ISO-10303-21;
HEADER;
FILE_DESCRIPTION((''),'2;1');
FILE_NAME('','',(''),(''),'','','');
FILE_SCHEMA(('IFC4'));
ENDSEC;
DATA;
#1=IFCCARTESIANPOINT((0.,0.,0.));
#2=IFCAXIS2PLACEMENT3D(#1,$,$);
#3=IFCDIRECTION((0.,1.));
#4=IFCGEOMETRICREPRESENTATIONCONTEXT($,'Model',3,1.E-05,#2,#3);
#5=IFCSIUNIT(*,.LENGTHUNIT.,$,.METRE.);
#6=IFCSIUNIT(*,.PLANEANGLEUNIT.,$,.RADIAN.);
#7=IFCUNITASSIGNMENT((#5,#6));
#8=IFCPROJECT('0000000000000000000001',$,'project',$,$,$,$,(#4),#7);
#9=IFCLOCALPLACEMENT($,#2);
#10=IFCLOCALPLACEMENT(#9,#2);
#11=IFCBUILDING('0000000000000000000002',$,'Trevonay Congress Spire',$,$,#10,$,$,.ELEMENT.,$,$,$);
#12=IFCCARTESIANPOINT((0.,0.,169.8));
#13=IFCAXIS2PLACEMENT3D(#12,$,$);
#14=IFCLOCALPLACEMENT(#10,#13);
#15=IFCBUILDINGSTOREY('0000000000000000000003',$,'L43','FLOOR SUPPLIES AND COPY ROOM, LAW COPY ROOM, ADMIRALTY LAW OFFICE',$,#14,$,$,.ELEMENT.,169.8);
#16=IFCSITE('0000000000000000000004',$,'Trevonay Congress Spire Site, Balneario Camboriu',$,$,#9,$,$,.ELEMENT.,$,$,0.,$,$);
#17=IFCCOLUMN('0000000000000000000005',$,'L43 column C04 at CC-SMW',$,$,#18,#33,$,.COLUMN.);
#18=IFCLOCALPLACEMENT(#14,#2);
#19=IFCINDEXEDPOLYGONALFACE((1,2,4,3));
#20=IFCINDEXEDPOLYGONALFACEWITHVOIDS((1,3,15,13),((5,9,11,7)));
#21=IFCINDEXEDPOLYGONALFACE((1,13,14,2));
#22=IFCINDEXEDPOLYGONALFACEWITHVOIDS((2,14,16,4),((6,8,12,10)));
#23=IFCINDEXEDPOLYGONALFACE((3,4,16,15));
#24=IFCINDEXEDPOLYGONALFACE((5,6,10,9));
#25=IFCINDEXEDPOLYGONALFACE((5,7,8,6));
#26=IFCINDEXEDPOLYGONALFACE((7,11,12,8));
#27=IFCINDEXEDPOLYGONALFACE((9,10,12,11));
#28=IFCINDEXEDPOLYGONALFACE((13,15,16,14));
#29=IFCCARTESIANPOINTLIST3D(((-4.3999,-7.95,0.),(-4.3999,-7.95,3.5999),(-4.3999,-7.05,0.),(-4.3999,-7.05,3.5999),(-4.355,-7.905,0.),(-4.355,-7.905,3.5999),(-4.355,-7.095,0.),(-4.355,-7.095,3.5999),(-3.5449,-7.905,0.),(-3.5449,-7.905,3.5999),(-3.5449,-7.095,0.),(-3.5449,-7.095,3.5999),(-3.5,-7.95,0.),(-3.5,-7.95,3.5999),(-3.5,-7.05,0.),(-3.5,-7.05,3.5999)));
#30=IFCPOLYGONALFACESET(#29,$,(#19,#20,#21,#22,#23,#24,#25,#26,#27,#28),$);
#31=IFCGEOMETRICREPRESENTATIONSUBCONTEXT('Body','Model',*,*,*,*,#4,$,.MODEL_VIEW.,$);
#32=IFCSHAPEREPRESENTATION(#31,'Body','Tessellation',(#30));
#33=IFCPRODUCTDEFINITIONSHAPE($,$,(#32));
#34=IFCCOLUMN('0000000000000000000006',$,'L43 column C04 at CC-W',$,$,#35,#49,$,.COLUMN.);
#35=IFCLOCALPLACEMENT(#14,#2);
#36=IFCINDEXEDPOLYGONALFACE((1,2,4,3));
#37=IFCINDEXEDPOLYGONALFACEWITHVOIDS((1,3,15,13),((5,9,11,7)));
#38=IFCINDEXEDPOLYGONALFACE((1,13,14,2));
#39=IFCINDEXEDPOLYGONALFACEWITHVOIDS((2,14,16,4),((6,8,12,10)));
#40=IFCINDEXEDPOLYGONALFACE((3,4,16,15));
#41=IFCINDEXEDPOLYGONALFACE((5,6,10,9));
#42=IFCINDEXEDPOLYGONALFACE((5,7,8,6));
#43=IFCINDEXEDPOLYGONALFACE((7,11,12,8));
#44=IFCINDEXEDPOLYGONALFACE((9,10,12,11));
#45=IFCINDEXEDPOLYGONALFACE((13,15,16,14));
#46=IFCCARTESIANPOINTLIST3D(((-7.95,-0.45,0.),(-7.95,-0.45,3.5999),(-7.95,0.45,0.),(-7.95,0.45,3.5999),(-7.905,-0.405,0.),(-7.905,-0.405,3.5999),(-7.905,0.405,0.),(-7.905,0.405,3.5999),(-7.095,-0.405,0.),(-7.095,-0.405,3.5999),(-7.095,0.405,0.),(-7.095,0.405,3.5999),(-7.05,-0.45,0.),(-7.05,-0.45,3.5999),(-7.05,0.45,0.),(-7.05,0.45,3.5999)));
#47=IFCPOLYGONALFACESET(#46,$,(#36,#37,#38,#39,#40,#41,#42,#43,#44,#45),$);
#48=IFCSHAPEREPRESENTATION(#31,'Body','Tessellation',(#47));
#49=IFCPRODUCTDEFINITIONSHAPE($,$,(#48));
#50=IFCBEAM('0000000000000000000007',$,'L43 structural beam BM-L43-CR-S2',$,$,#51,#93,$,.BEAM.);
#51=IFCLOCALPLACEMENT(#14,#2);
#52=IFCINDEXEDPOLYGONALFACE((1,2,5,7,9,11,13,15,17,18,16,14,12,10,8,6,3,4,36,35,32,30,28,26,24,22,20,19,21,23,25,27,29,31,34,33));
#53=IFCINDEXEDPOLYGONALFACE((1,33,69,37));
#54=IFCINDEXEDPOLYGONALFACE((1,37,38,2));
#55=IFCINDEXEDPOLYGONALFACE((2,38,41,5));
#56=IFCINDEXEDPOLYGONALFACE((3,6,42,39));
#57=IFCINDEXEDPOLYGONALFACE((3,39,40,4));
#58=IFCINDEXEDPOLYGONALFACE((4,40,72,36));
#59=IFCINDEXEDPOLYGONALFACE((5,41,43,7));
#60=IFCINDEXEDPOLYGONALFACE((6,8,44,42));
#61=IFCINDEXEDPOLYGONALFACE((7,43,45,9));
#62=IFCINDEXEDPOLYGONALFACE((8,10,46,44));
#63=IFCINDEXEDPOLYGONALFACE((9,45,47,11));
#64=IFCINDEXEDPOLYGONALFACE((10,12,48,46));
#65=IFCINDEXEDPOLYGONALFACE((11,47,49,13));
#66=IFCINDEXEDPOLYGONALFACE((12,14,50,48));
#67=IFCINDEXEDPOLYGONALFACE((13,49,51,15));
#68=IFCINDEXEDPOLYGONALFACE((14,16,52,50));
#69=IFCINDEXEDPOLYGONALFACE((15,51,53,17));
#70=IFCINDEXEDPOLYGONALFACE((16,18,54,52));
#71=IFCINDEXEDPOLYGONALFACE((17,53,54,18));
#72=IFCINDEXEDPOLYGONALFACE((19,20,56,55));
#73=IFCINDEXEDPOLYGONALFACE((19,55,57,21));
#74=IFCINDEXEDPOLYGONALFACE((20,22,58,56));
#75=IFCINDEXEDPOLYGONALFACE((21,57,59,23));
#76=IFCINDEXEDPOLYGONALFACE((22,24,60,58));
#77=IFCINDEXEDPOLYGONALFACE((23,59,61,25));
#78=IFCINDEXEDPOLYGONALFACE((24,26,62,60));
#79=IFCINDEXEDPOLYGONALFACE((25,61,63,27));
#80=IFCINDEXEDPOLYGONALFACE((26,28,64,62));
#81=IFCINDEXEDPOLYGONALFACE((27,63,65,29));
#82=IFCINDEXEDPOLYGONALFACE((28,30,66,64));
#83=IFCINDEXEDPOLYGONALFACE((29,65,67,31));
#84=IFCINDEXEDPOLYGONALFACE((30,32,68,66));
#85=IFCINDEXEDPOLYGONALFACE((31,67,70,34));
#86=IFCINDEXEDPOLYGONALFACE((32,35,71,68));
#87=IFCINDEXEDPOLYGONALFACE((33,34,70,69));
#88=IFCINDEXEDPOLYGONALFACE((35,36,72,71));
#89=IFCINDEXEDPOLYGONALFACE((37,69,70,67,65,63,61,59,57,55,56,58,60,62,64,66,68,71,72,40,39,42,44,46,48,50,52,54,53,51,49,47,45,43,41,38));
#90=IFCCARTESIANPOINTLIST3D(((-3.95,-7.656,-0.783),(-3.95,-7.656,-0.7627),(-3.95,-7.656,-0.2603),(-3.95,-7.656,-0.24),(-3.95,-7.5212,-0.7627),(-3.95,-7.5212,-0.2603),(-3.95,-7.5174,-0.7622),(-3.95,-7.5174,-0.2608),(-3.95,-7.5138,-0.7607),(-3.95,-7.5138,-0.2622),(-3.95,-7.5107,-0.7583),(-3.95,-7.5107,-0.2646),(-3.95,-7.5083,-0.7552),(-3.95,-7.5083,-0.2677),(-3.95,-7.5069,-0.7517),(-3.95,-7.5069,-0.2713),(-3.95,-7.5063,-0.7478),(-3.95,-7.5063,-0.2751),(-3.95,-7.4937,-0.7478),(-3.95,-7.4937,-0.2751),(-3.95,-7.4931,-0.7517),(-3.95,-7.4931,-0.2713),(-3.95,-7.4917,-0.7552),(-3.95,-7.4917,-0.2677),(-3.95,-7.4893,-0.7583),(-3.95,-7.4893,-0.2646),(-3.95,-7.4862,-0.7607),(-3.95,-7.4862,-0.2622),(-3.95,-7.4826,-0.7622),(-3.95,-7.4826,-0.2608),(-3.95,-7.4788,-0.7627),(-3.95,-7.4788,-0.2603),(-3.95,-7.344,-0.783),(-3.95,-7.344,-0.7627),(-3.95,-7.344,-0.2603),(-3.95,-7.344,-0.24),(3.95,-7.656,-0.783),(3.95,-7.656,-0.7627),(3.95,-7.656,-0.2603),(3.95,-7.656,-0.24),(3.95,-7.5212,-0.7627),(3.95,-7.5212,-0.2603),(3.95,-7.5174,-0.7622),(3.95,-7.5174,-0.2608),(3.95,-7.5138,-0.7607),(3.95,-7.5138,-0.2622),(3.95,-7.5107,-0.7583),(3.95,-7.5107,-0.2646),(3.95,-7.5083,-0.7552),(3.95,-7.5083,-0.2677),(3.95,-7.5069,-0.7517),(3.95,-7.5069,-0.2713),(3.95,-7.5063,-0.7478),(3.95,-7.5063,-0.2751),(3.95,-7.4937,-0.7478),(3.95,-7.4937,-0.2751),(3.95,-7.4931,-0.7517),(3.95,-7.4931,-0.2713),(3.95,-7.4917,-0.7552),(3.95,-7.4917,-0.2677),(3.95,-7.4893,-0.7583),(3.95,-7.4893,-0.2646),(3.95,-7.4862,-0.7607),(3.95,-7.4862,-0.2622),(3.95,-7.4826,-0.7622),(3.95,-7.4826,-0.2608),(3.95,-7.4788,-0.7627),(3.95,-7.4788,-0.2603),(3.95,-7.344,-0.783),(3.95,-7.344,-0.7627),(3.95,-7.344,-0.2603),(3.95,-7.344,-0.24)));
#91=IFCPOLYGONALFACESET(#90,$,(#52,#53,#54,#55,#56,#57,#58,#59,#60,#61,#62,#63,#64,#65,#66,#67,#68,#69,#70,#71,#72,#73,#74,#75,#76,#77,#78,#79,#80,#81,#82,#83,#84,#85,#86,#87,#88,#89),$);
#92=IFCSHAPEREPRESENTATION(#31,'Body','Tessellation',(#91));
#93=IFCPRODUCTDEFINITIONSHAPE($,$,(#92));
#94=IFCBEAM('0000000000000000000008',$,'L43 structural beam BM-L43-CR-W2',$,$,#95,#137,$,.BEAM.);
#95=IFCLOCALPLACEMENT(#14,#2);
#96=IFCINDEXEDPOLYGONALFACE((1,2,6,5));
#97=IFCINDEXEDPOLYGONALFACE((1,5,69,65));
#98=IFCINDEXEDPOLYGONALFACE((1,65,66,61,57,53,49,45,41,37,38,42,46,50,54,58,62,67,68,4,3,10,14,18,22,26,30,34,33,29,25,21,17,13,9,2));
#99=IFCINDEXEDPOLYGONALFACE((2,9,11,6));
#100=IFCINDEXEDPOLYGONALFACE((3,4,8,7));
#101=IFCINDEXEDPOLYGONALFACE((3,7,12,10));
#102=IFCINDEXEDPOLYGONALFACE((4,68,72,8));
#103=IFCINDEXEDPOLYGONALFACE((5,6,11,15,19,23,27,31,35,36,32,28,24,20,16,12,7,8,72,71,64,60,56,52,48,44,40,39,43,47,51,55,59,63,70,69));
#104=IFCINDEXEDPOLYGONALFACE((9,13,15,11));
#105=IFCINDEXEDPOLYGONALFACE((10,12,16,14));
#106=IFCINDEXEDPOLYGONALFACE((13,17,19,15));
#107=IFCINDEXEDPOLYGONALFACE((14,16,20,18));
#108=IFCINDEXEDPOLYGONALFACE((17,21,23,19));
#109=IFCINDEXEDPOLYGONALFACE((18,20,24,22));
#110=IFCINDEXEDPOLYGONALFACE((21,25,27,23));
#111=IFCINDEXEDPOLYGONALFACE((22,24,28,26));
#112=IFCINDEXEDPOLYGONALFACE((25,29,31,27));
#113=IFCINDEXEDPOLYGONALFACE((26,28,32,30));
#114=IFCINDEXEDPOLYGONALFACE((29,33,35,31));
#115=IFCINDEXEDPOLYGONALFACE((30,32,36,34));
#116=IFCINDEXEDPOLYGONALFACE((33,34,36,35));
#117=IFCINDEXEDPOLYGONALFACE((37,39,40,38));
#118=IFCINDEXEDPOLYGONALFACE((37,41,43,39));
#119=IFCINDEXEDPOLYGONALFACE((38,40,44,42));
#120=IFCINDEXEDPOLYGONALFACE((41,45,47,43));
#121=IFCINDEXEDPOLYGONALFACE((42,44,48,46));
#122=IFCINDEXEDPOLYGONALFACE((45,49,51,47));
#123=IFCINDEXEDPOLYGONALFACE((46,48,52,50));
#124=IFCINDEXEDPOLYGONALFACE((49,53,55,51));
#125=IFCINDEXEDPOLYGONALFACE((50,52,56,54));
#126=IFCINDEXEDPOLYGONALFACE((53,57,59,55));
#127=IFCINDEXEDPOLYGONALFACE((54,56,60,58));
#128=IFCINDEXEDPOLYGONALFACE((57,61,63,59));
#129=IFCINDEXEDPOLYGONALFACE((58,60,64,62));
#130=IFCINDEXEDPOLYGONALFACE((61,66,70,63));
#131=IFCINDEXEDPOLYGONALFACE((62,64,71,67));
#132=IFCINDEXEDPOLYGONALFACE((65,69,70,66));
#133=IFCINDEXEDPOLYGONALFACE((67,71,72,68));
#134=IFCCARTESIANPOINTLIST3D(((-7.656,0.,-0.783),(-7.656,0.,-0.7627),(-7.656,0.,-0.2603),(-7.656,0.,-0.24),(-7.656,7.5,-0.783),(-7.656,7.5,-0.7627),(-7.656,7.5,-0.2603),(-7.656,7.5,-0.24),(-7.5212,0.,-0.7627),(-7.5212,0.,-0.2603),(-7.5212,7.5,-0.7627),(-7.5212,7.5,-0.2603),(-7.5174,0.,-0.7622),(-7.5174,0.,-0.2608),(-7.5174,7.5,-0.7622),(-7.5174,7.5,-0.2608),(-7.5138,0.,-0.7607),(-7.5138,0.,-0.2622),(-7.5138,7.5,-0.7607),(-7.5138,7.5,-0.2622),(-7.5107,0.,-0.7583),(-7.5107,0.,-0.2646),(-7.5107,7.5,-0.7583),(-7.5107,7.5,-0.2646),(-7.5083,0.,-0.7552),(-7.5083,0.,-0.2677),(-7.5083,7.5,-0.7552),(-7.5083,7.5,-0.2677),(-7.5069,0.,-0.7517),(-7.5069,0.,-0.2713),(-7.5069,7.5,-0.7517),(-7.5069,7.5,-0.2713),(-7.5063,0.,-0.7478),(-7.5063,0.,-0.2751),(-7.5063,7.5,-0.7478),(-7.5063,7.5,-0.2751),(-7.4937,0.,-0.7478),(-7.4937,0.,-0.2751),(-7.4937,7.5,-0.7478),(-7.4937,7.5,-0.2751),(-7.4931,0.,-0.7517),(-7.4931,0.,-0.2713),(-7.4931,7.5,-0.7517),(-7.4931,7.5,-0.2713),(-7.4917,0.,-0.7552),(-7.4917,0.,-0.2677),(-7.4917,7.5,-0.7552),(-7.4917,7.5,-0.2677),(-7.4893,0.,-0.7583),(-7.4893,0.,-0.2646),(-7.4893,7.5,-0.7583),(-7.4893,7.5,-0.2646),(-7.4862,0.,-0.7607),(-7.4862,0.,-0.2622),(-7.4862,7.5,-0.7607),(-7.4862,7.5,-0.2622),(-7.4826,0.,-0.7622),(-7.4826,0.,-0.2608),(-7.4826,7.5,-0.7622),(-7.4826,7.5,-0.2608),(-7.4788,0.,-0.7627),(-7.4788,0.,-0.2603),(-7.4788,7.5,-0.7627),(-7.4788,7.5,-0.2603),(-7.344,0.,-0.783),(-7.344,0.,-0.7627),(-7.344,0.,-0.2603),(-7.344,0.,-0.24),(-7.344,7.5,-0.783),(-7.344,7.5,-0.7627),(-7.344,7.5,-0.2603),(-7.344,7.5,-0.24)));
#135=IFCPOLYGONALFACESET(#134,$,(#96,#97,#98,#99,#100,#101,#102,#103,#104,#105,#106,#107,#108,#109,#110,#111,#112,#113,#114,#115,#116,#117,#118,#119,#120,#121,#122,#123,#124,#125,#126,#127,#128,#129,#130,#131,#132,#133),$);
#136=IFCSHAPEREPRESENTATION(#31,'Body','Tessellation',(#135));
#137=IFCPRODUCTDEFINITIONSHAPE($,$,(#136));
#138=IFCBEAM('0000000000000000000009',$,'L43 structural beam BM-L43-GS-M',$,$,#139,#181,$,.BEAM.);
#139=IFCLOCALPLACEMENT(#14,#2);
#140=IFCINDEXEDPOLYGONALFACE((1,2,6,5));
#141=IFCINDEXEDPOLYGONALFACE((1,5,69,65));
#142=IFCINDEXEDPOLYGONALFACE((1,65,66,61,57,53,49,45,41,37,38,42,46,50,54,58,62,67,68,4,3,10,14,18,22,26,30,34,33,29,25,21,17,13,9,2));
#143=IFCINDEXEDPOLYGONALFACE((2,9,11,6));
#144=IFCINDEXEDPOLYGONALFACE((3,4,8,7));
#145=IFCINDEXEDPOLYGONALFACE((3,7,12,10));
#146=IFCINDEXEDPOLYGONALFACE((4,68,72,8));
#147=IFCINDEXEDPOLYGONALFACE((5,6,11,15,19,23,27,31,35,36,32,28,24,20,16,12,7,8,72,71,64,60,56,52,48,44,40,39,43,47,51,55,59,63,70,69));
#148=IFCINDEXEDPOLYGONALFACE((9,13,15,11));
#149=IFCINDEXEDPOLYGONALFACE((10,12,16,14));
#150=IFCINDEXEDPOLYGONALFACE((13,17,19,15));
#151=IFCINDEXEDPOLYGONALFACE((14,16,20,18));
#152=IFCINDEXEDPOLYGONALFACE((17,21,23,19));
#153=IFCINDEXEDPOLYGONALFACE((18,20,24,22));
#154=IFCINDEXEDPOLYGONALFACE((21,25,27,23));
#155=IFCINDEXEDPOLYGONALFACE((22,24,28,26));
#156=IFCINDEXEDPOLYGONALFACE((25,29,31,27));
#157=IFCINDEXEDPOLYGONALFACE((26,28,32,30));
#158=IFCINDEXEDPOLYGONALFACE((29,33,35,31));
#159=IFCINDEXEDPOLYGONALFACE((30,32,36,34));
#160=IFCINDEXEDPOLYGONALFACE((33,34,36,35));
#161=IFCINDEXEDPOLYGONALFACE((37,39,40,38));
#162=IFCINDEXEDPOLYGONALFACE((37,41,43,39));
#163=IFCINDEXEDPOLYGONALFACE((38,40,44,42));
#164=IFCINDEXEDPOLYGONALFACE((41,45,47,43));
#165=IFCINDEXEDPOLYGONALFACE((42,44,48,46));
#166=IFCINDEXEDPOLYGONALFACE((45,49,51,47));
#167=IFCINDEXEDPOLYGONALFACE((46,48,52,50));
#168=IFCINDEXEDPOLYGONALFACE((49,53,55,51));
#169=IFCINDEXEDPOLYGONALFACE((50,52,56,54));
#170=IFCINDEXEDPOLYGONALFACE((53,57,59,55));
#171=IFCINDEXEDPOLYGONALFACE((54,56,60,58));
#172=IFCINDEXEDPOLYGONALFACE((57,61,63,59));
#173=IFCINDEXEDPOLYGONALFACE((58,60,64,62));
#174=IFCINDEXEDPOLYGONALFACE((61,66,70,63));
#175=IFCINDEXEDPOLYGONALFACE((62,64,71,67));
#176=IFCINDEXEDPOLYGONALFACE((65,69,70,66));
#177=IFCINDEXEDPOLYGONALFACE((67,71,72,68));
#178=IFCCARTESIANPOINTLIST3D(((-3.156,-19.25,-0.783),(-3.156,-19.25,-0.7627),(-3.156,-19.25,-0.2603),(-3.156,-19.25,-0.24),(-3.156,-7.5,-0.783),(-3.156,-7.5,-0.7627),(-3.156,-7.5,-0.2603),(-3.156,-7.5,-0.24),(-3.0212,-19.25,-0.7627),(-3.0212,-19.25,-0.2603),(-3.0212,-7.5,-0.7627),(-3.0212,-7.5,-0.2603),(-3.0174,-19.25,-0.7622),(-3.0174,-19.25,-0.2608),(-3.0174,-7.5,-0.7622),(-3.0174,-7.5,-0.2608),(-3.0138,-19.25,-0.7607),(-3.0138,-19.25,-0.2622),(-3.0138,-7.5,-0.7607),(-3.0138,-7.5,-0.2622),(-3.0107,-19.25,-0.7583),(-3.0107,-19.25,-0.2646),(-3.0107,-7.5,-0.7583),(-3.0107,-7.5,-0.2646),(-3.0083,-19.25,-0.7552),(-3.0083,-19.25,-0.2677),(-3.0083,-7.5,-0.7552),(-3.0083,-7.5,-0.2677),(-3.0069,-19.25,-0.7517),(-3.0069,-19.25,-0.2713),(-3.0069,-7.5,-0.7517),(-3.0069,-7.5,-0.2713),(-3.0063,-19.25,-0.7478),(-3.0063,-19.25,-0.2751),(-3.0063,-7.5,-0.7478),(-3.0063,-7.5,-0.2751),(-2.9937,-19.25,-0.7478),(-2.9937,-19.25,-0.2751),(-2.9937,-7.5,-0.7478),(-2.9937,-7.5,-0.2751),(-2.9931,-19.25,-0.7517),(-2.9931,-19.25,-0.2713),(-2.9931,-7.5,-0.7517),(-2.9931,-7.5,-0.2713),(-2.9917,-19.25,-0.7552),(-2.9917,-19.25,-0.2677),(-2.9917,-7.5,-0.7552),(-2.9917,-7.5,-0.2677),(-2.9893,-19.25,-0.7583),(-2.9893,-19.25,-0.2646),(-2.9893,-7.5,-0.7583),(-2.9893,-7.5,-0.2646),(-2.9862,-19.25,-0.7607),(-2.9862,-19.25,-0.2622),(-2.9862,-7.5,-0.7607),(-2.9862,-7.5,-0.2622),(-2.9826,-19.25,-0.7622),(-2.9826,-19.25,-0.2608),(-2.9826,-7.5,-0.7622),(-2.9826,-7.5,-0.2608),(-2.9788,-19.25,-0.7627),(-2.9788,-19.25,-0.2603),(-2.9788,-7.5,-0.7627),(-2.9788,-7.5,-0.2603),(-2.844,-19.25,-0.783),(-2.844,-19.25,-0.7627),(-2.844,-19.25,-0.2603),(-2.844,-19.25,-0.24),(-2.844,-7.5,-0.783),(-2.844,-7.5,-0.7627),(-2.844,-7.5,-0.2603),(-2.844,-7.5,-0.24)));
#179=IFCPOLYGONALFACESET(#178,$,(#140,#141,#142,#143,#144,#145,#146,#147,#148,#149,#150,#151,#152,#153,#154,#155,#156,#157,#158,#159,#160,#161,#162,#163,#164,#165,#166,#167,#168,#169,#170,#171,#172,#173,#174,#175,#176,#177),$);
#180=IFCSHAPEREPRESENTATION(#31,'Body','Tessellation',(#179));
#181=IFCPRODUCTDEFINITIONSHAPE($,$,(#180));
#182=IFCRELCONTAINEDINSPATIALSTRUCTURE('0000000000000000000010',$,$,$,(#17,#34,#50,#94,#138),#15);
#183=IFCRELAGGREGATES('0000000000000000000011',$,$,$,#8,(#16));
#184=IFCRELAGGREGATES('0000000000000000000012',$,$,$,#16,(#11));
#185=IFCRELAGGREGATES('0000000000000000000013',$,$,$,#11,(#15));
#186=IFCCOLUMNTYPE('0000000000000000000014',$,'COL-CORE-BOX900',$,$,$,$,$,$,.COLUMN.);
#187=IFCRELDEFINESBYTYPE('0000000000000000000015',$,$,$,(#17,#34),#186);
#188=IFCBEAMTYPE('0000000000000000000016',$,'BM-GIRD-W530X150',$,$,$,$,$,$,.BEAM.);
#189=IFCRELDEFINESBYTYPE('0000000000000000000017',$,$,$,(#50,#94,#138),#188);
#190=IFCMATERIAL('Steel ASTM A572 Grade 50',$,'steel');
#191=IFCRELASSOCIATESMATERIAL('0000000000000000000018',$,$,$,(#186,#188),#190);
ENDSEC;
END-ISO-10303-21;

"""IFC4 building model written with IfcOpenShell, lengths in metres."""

from ifc_helpers import new_model, si_unit, direction, frame, origin, origin_2d, place, context, subcontext, project, spatial, hollow_rectangle, i_section, extrude, material, material_profile, profile_set, type_object, element, save


model = new_model("IFC4")

# Units and contexts
model_context = context("Model", 3, precision=1e-05, world=origin(), true_north=direction((0.0, 1.0)))
body_context = subcontext(model_context, "Body", "Model", "MODEL_VIEW")
ifc_project = project(units=[si_unit("LENGTHUNIT", "METRE"), si_unit("PLANEANGLEUNIT", "RADIAN")], contexts=[model_context])

# Site, building, storey
site_placement = place(None, origin())
site = spatial("IfcSite", under=ifc_project, at=site_placement, Name="Trevonay Congress Spire Site, Balneario Camboriu", CompositionType="ELEMENT", RefElevation=0.0)
building_placement = place(site_placement, origin())
building = spatial("IfcBuilding", under=site, at=building_placement, Name="Trevonay Congress Spire", CompositionType="ELEMENT")
storey_placement = place(building_placement, frame((0.0, 0.0, 169.8)))
storey = spatial("IfcBuildingStorey", under=building, at=storey_placement, Name="L43", Description="FLOOR SUPPLIES AND COPY ROOM, LAW COPY ROOM, ADMIRALTY LAW OFFICE", CompositionType="ELEMENT", Elevation=169.8)

# Columns
ifc_material_1 = material(Name="Steel ASTM A572 Grade 50", Category="steel")
ifc_material_profile_1 = material_profile(ifc_material_1, hollow_rectangle(XDim=0.8999, YDim=0.8999, WallThickness=0.0449, at=origin_2d()), Name="BOX 900x900x45")
ifc_profile_set_1 = profile_set([ifc_material_profile_1], Name="Steel ASTM A572 Grade 50")
column_type = type_object("IfcColumnType", Name="COL-CORE-BOX900", PredefinedType="COLUMN", material=ifc_profile_set_1)
for number, where, z_axis, x_axis, name in (
    (1, (-3.95, -7.5, 0.0), (0.0, 0.0, 1.0), (1.0, 0.0, 0.0), "L43 column C04 at CC-SMW"),
    (2, (-7.5, 0.0, 0.0), (0.0, 0.0, 1.0), (1.0, 0.0, 0.0), "L43 column C04 at CC-W"),
):
    element("IfcColumn", number, at=place(storey_placement, frame(where, z_axis=z_axis, x_axis=x_axis)), inside=storey, type_object=column_type, Name=name, PredefinedType="COLUMN", context=body_context, shape_type="SweptSolid", body=[
        extrude(hollow_rectangle(XDim=0.8999, YDim=0.8999, WallThickness=0.0449, at=origin_2d()), origin(), (0.0, 0.0, 1.0), 3.5999),
    ])

# Beams
ifc_material_profile_2 = material_profile(ifc_material_1, i_section(OverallWidth=0.312, OverallDepth=0.543, WebThickness=0.0127, FlangeThickness=0.0203, FilletRadius=0.0149, at=origin_2d()), Name="W530x150")
ifc_profile_set_2 = profile_set([ifc_material_profile_2], Name="Steel ASTM A572 Grade 50")
beam_type_1 = type_object("IfcBeamType", Name="BM-GIRD-W530X150", PredefinedType="BEAM", material=ifc_profile_set_2)
beam_1_placement = place(storey_placement, frame((-3.95, -7.5, -0.5115), z_axis=(1.0, 0.0, 0.0), x_axis=(0.0, 1.0, 0.0)))
element("IfcBeam", 3, at=beam_1_placement, inside=storey, type_object=beam_type_1, Name="L43 structural beam BM-L43-CR-S2", PredefinedType="BEAM", context=body_context, shape_type="SweptSolid", body=[
    extrude(i_section(OverallWidth=0.312, OverallDepth=0.543, WebThickness=0.0127, FlangeThickness=0.0203, FilletRadius=0.0149, at=origin_2d()), origin(), (0.0, 0.0, 1.0), 7.8999),
])
beam_2_placement = place(storey_placement, frame((-7.5, 0.0, -0.5115), z_axis=(0.0, 1.0, 0.0), x_axis=(-1.0, 0.0, 0.0)))
element("IfcBeam", 4, at=beam_2_placement, inside=storey, type_object=beam_type_1, Name="L43 structural beam BM-L43-CR-W2", PredefinedType="BEAM", context=body_context, shape_type="SweptSolid", body=[
    extrude(i_section(OverallWidth=0.312, OverallDepth=0.543, WebThickness=0.0127, FlangeThickness=0.0203, FilletRadius=0.0149, at=origin_2d()), origin(), (0.0, 0.0, 1.0), 7.5),
])
for number, where, z_axis, x_axis, name in (
    (5, (-3.0, -7.5, -0.5115), (0.0, -1.0, 0.0), (1.0, 0.0, 0.0), "L43 structural beam BM-L43-GS-M"),
):
    element("IfcBeam", number, at=place(storey_placement, frame(where, z_axis=z_axis, x_axis=x_axis)), inside=storey, type_object=beam_type_1, Name=name, PredefinedType="BEAM", context=body_context, shape_type="SweptSolid", body=[
        extrude(i_section(OverallWidth=0.312, OverallDepth=0.543, WebThickness=0.0127, FlangeThickness=0.0203, FilletRadius=0.0149, at=origin_2d()), origin(), (0.0, 0.0, 1.0), 11.75),
    ])

save(model, "model.ifc")
